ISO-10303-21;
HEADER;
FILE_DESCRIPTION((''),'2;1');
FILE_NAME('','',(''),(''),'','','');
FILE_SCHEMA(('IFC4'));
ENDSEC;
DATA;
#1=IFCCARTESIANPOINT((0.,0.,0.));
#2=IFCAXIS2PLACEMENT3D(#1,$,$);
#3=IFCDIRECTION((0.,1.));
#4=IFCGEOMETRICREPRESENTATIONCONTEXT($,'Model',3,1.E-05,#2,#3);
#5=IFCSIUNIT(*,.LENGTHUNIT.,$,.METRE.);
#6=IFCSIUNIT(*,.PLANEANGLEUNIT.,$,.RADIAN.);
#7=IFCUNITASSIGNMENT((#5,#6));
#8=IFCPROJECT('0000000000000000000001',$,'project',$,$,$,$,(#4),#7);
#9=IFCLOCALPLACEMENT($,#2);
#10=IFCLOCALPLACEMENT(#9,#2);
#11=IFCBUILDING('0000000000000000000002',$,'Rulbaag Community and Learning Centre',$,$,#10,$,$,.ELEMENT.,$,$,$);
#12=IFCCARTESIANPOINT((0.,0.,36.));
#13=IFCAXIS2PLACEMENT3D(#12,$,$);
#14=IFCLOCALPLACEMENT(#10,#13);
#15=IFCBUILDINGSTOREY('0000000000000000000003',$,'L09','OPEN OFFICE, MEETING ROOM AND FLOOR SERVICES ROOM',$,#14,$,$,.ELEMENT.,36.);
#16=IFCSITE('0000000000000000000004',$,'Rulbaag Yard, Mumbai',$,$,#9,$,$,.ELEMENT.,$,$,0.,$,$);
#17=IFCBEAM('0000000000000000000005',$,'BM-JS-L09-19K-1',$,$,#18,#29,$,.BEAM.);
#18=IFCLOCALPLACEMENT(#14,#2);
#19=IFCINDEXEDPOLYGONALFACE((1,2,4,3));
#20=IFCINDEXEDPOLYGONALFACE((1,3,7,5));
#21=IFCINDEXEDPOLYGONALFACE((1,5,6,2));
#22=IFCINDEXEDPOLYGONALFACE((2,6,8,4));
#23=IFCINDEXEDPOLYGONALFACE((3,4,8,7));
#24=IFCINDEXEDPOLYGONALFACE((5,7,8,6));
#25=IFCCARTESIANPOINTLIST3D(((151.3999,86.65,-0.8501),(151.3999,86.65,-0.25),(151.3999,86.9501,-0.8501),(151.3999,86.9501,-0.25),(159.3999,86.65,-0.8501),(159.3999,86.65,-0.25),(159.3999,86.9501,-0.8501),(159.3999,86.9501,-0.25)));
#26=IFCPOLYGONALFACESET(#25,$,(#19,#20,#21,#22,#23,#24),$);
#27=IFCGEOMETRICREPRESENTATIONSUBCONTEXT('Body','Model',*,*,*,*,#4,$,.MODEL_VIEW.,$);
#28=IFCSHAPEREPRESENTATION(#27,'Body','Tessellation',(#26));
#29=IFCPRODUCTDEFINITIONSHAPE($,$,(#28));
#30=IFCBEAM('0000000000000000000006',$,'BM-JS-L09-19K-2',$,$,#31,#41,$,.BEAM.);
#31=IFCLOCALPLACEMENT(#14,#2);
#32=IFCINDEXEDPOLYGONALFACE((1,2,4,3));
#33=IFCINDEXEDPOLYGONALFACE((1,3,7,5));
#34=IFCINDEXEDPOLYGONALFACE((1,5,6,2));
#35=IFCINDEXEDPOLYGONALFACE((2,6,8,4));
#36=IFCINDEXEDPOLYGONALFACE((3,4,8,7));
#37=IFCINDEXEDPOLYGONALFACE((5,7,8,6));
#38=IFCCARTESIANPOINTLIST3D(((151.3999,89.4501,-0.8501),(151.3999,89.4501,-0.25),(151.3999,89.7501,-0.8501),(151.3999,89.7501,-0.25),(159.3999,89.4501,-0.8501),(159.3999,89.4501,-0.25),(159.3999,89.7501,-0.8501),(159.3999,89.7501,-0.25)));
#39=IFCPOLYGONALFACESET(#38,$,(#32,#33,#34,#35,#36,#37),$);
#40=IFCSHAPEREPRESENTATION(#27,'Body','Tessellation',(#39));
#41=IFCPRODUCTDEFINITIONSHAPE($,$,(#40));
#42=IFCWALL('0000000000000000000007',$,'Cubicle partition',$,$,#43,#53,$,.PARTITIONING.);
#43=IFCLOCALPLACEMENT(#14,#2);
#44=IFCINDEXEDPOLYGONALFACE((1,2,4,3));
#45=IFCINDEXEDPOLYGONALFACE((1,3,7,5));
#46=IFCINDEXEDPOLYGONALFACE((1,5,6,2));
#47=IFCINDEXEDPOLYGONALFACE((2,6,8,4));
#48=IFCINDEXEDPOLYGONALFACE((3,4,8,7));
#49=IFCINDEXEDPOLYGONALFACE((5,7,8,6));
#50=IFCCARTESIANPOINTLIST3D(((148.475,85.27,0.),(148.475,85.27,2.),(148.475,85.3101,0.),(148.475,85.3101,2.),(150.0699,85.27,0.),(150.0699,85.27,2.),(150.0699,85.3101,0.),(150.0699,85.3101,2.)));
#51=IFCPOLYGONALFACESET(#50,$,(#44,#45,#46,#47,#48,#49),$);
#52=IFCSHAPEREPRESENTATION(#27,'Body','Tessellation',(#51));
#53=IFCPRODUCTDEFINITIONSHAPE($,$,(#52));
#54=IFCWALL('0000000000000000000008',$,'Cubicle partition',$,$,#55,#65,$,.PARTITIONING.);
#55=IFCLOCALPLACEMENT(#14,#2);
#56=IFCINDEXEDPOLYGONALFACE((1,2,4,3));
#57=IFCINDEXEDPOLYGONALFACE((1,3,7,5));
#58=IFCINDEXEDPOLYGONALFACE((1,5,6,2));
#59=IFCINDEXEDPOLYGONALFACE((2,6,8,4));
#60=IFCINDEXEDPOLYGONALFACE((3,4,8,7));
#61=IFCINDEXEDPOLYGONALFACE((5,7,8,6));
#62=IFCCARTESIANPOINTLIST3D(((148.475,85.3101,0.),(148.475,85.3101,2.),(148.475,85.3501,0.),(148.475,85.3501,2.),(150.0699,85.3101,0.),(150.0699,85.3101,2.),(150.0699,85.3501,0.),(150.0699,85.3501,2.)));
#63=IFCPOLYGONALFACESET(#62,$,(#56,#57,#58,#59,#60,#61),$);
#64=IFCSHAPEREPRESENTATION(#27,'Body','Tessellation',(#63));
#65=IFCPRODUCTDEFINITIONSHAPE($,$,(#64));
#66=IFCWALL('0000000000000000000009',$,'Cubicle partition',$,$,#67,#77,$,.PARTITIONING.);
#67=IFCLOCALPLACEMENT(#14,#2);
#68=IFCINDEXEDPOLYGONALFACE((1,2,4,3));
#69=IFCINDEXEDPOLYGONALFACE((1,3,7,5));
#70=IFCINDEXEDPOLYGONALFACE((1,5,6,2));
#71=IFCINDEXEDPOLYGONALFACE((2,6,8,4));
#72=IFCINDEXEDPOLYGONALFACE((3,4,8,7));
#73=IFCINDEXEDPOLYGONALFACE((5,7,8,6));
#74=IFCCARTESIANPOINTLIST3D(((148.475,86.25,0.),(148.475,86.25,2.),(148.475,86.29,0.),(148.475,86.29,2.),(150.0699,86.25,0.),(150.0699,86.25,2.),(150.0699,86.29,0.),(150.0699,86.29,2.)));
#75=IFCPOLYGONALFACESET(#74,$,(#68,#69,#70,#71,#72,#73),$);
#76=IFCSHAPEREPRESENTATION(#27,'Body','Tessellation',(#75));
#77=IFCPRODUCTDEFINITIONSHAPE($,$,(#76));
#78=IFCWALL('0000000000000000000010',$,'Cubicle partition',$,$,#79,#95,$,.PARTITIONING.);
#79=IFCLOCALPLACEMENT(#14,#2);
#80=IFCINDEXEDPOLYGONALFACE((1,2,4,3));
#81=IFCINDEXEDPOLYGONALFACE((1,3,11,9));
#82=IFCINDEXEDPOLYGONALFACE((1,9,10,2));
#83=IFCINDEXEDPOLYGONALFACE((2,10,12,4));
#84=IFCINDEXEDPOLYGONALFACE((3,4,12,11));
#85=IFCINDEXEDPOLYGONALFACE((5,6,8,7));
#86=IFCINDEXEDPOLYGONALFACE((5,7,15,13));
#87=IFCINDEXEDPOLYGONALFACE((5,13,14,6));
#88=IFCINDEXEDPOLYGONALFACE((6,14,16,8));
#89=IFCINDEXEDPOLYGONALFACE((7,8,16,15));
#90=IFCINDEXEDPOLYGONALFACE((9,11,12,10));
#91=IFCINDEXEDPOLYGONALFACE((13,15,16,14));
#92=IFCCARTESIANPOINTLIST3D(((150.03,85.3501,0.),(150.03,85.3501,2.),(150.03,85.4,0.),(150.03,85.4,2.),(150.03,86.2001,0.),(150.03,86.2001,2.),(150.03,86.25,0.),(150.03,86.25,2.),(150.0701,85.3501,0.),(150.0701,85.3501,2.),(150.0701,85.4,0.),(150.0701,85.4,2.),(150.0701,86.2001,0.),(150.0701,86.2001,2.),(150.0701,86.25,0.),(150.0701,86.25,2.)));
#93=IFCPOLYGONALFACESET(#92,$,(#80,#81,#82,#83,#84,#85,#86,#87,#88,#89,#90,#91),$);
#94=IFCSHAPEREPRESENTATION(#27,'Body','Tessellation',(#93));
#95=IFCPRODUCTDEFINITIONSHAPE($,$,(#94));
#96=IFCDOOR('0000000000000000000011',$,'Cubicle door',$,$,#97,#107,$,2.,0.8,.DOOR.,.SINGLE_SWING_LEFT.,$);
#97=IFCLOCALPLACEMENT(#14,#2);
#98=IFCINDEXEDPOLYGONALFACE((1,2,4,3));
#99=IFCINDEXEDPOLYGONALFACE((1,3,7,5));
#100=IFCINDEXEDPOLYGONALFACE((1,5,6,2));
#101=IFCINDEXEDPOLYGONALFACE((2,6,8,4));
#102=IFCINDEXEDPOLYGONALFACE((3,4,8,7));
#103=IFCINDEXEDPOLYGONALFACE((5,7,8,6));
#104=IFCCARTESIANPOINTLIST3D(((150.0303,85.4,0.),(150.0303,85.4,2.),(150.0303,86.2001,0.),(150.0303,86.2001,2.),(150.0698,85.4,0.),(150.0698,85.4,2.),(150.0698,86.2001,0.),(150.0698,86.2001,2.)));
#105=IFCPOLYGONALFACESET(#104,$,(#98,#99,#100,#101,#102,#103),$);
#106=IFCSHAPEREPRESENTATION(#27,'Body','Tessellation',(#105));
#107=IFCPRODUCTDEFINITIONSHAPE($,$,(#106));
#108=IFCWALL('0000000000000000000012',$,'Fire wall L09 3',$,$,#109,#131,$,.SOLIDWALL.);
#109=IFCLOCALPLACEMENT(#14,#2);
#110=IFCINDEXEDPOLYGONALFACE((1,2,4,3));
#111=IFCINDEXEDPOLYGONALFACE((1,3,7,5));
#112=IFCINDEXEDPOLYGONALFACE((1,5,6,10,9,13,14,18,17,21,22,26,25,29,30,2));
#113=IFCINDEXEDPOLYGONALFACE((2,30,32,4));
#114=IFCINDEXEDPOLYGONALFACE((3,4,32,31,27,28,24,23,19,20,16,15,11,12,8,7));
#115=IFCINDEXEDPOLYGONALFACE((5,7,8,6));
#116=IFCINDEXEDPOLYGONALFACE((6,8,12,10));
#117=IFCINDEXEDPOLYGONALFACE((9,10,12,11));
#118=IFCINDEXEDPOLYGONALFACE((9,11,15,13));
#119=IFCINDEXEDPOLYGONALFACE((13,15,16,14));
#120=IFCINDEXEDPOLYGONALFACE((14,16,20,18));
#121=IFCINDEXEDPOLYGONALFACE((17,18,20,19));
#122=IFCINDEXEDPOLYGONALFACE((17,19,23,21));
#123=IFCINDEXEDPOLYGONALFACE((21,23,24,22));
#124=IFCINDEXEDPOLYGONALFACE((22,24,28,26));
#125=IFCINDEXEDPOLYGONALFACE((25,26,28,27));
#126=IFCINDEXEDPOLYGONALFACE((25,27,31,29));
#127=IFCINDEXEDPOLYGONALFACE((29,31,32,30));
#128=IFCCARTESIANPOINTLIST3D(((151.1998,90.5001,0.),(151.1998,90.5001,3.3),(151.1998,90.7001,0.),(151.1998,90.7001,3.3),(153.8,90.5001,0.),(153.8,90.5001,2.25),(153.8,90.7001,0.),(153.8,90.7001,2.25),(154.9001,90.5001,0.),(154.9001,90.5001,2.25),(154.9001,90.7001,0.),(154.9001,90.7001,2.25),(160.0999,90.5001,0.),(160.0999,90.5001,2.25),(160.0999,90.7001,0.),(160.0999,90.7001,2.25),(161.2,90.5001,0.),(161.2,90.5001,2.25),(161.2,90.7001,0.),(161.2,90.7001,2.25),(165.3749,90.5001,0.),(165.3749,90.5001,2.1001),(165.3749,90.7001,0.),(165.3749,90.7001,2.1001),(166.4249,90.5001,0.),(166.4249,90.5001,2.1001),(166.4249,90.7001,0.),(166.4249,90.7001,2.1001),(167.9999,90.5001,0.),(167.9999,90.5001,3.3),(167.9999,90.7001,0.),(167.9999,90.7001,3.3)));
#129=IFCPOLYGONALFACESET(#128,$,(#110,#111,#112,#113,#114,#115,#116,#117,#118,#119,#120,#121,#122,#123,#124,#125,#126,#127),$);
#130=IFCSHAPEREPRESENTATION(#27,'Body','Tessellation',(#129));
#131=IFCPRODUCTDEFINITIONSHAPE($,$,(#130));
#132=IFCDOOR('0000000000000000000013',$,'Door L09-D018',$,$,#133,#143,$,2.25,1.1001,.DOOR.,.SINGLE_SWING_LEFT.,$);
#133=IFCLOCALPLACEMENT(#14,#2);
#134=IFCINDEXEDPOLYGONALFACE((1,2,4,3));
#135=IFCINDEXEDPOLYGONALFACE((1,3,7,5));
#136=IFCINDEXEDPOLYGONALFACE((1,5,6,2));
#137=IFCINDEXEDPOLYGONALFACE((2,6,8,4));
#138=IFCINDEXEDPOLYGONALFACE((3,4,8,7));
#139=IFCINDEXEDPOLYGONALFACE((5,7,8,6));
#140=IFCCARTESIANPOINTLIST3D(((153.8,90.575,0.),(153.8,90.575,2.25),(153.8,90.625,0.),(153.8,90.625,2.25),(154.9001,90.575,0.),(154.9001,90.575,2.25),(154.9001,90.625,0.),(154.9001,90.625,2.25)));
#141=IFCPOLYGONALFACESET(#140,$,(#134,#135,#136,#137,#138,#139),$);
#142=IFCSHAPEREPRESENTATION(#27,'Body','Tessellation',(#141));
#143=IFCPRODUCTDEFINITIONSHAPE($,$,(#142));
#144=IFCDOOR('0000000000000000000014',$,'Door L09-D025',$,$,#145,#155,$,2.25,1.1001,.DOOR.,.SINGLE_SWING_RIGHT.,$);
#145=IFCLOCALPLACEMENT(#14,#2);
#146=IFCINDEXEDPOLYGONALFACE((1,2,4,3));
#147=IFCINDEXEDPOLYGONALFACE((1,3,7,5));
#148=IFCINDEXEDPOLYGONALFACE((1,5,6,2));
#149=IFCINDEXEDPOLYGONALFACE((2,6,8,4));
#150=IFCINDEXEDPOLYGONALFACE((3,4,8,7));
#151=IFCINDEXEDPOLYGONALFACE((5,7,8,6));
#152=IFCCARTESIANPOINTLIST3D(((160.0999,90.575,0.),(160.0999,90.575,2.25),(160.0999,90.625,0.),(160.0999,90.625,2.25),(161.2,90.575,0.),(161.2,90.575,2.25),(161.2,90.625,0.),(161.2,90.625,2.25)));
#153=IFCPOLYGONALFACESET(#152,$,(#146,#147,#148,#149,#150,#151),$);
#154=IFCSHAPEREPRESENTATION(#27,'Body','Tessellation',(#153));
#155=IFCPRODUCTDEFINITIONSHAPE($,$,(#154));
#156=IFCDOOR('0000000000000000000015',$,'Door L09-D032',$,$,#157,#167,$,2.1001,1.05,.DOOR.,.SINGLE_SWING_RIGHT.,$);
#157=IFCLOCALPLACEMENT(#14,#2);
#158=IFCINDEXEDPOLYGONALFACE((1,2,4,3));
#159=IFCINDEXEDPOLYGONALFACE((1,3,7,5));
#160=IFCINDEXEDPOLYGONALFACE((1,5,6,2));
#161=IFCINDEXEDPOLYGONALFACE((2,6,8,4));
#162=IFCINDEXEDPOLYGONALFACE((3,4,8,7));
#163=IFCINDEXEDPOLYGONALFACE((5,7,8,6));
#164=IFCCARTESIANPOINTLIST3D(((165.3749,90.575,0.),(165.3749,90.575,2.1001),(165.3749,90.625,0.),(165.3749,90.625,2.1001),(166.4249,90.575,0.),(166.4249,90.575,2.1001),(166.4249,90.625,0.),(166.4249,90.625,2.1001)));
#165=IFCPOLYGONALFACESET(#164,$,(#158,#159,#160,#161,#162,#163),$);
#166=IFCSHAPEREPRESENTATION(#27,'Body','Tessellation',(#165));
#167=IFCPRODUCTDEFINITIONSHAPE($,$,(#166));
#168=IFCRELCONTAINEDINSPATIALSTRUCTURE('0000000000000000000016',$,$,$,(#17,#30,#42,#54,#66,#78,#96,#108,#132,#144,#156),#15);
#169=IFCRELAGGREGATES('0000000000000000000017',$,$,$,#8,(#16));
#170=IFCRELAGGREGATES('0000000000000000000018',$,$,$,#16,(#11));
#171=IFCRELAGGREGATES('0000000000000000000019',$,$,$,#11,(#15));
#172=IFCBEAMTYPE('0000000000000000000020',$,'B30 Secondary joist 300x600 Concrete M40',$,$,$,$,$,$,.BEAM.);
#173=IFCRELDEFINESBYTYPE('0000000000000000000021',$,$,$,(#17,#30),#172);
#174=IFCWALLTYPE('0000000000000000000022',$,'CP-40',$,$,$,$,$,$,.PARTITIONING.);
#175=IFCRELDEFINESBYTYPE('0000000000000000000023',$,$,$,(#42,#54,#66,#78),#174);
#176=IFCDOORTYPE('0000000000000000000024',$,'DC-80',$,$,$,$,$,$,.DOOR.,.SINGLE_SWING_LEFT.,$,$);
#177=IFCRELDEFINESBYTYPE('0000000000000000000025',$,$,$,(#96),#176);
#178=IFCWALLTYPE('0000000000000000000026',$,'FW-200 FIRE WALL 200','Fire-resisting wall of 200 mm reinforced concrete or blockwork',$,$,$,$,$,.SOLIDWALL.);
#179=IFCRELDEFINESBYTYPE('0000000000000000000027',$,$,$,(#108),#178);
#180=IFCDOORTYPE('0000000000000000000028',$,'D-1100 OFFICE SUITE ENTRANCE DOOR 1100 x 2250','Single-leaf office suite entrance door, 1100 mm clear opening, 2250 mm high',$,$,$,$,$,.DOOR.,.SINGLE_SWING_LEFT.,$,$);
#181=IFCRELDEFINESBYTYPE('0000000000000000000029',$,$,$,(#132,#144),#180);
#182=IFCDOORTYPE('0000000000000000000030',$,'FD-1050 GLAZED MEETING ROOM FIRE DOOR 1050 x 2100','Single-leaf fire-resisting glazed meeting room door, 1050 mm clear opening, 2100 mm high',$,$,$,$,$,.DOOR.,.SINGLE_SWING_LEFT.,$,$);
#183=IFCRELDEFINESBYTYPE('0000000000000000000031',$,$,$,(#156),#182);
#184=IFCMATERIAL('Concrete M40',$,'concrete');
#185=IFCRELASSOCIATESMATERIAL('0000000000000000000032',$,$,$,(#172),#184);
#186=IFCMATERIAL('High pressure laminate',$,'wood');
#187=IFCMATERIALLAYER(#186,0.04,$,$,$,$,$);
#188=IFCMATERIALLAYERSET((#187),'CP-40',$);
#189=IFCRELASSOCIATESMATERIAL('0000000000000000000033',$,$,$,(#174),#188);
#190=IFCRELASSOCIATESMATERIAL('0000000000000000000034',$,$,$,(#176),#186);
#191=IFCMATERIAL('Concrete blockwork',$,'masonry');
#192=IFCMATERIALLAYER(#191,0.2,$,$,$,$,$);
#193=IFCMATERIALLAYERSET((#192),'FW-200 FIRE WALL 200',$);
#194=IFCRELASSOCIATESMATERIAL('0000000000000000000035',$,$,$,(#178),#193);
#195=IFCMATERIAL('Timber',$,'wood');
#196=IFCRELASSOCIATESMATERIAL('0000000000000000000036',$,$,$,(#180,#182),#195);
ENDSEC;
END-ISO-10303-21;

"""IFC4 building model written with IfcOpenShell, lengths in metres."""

from ifc_helpers import new_model, si_unit, direction, frame, frame_2d, origin, origin_2d, place, context, subcontext, project, spatial, rectangle, extrude, material, layer, layer_set, material_profile, profile_set, type_object, element, fill, save


model = new_model("IFC4")

# Units and contexts
model_context = context("Model", 3, precision=1e-05, world=origin(), true_north=direction((0.0, 1.0)))
body_context = subcontext(model_context, "Body", "Model", "MODEL_VIEW")
ifc_project = project(units=[si_unit("LENGTHUNIT", "METRE"), si_unit("PLANEANGLEUNIT", "RADIAN")], contexts=[model_context])

# Site, building, storey
site_placement = place(None, origin())
site = spatial("IfcSite", under=ifc_project, at=site_placement, Name="Rulbaag Yard, Mumbai", CompositionType="ELEMENT", RefElevation=0.0)
building_placement = place(site_placement, origin())
building = spatial("IfcBuilding", under=site, at=building_placement, Name="Rulbaag Community and Learning Centre", CompositionType="ELEMENT")
storey_placement = place(building_placement, frame((0.0, 0.0, 36.0)))
storey = spatial("IfcBuildingStorey", under=building, at=storey_placement, Name="L09", Description="OPEN OFFICE, MEETING ROOM AND FLOOR SERVICES ROOM", CompositionType="ELEMENT", Elevation=36.0)

# Beams
ifc_material_1 = material(Name="Concrete M40", Category="concrete")
ifc_material_profile = material_profile(ifc_material_1, rectangle(XDim=0.3, YDim=0.6001, at=origin_2d()), Name="RB300x600")
ifc_profile_set = profile_set([ifc_material_profile], Name="Concrete M40")
beam_type = type_object("IfcBeamType", Name="B30 Secondary joist 300x600 Concrete M40", PredefinedType="BEAM", material=ifc_profile_set)
for number, where, z_axis, x_axis, name in (
    (1, (151.3999, 86.8, -0.55), (1.0, 0.0, 0.0), (0.0, 1.0, 0.0), "BM-JS-L09-19K-1"),
    (2, (151.3999, 89.6001, -0.55), (1.0, 0.0, 0.0), (0.0, 1.0, 0.0), "BM-JS-L09-19K-2"),
):
    element("IfcBeam", number, at=place(storey_placement, frame(where, z_axis=z_axis, x_axis=x_axis)), inside=storey, type_object=beam_type, Name=name, PredefinedType="BEAM", context=body_context, shape_type="SweptSolid", body=[
        extrude(rectangle(XDim=0.3, YDim=0.6001, at=origin_2d()), origin(), (0.0, 0.0, 1.0), 8.0),
    ])

# Walls
ifc_material_2 = material(Name="High pressure laminate", Category="wood")
ifc_layer_1 = layer(ifc_material_2, 0.04)
ifc_layer_set_1 = layer_set([ifc_layer_1], Name="CP-40")
wall_type_1 = type_object("IfcWallType", Name="CP-40", PredefinedType="PARTITIONING", material=ifc_layer_set_1)
for number, where, z_axis, x_axis, name in (
    (3, (148.4751, 85.29, 0.0), (0.0, 0.0, 1.0), (1.0, 0.0, 0.0), "Cubicle partition"),
    (4, (148.4751, 85.3301, 0.0), (0.0, 0.0, 1.0), (1.0, 0.0, 0.0), "Cubicle partition"),
    (5, (148.4751, 86.27, 0.0), (0.0, 0.0, 1.0), (1.0, 0.0, 0.0), "Cubicle partition"),
):
    element("IfcWall", number, at=place(storey_placement, frame(where, z_axis=z_axis, x_axis=x_axis)), inside=storey, type_object=wall_type_1, Name=name, PredefinedType="PARTITIONING", context=body_context, shape_type="SweptSolid", body=[
        extrude(rectangle(XDim=1.595, YDim=0.04, at=frame_2d((0.7974, 0.0))), origin(), (0.0, 0.0, 1.0), 2.0),
    ])

# Wall, opening, door
wall_1_placement = place(storey_placement, frame((150.05, 85.3501, 0.0), z_axis=(0.0, 0.0, 1.0), x_axis=(0.0, 1.0, 0.0)))
wall_1 = element("IfcWall", 6, at=wall_1_placement, inside=storey, type_object=wall_type_1, Name="Cubicle partition", PredefinedType="PARTITIONING", context=body_context, shape_type="SweptSolid", body=[
    extrude(rectangle(XDim=0.8999, YDim=0.04, at=frame_2d((0.45, 0.0))), origin(), (0.0, 0.0, 1.0), 2.0),
])
opening_1_placement = place(wall_1_placement, frame((0.05, 0.0, 0.0)))
opening_1 = element("IfcOpeningElement", 7, at=opening_1_placement, cuts=wall_1, PredefinedType="OPENING", context=body_context, shape_type="SweptSolid", body=[
    extrude(rectangle(XDim=0.8, YDim=2.0, at=frame_2d((0.3999, 1.0))), frame((0.0, 0.03, 0.0), z_axis=(0.0, -1.0, 0.0), x_axis=(1.0, 0.0, 0.0)), (0.0, 0.0, 1.0), 0.0601),
])
door_type_1 = type_object("IfcDoorType", Name="DC-80", OperationType="SINGLE_SWING_LEFT", PredefinedType="DOOR", material=ifc_material_2)
door_1_placement = place(opening_1_placement, origin())
door_1 = element("IfcDoor", 8, at=door_1_placement, inside=storey, type_object=door_type_1, Name="Cubicle door", OperationType="SINGLE_SWING_LEFT", OverallHeight=2.0, OverallWidth=0.8, PredefinedType="DOOR", context=body_context, shape_type="SweptSolid", body=[
    extrude(rectangle(XDim=0.8, YDim=2.0, at=frame_2d((0.3999, 1.0))), frame((0.0, 0.0198, 0.0), z_axis=(0.0, -1.0, 0.0), x_axis=(1.0, 0.0, 0.0)), (0.0, 0.0, 1.0), 0.0396),
])
fill(opening_1, door_1)

# Wall, openings, doors
ifc_material_3 = material(Name="Concrete blockwork", Category="masonry")
ifc_layer_2 = layer(ifc_material_3, 0.2)
ifc_layer_set_2 = layer_set([ifc_layer_2], Name="FW-200 FIRE WALL 200")
wall_type_2 = type_object("IfcWallType", Name="FW-200 FIRE WALL 200", Description="Fire-resisting wall of 200 mm reinforced concrete or blockwork", PredefinedType="SOLIDWALL", material=ifc_layer_set_2)
wall_2_placement = place(storey_placement, frame((151.2, 90.6001, 0.0), z_axis=(0.0, 0.0, 1.0), x_axis=(1.0, 0.0, 0.0)))
wall_2 = element("IfcWall", 9, at=wall_2_placement, inside=storey, type_object=wall_type_2, Name="Fire wall L09 3", PredefinedType="SOLIDWALL", context=body_context, shape_type="SweptSolid", body=[
    extrude(rectangle(XDim=16.8, YDim=0.2, at=frame_2d((8.3999, 0.0))), origin(), (0.0, 0.0, 1.0), 3.3),
])
opening_2_placement = place(wall_2_placement, frame((2.6001, 0.0, 0.0)))
opening_2 = element("IfcOpeningElement", 10, at=opening_2_placement, cuts=wall_2, PredefinedType="OPENING", context=body_context, shape_type="SweptSolid", body=[
    extrude(rectangle(XDim=1.1001, YDim=2.25, at=frame_2d((0.55, 1.125))), frame((0.0, 0.1099, 0.0), z_axis=(0.0, -1.0, 0.0), x_axis=(1.0, 0.0, 0.0)), (0.0, 0.0, 1.0), 0.22),
])
opening_3_placement = place(wall_2_placement, frame((8.8999, 0.0, 0.0)))
opening_3 = element("IfcOpeningElement", 11, at=opening_3_placement, cuts=wall_2, PredefinedType="OPENING", context=body_context, shape_type="SweptSolid", body=[
    extrude(rectangle(XDim=1.1001, YDim=2.25, at=frame_2d((0.55, 1.125))), frame((0.0, 0.1099, 0.0), z_axis=(0.0, -1.0, 0.0), x_axis=(1.0, 0.0, 0.0)), (0.0, 0.0, 1.0), 0.22),
])
opening_4_placement = place(wall_2_placement, frame((14.175, 0.0, 0.0)))
opening_4 = element("IfcOpeningElement", 12, at=opening_4_placement, cuts=wall_2, PredefinedType="OPENING", context=body_context, shape_type="SweptSolid", body=[
    extrude(rectangle(XDim=1.05, YDim=2.1001, at=frame_2d((0.5249, 1.05))), frame((0.0, 0.1099, 0.0), z_axis=(0.0, -1.0, 0.0), x_axis=(1.0, 0.0, 0.0)), (0.0, 0.0, 1.0), 0.22),
])
ifc_material_4 = material(Name="Timber", Category="wood")
door_type_2 = type_object("IfcDoorType", Name="D-1100 OFFICE SUITE ENTRANCE DOOR 1100 x 2250", Description="Single-leaf office suite entrance door, 1100 mm clear opening, 2250 mm high", OperationType="SINGLE_SWING_LEFT", PredefinedType="DOOR", material=ifc_material_4)
door_2_placement = place(opening_2_placement, origin())
door_2 = element("IfcDoor", 13, at=door_2_placement, inside=storey, type_object=door_type_2, Name="Door L09-D018", OperationType="SINGLE_SWING_LEFT", OverallHeight=2.25, OverallWidth=1.1001, PredefinedType="DOOR", context=body_context, shape_type="SweptSolid", body=[
    extrude(rectangle(XDim=1.1001, YDim=2.25, at=frame_2d((0.55, 1.125))), frame((0.0, 0.0249, 0.0), z_axis=(0.0, -1.0, 0.0), x_axis=(1.0, 0.0, 0.0)), (0.0, 0.0, 1.0), 0.05),
])
fill(opening_2, door_2)
door_3_placement = place(opening_3_placement, origin())
door_3 = element("IfcDoor", 14, at=door_3_placement, inside=storey, type_object=door_type_2, Name="Door L09-D025", OperationType="SINGLE_SWING_RIGHT", OverallHeight=2.25, OverallWidth=1.1001, PredefinedType="DOOR", context=body_context, shape_type="SweptSolid", body=[
    extrude(rectangle(XDim=1.1001, YDim=2.25, at=frame_2d((0.55, 1.125))), frame((0.0, 0.0249, 0.0), z_axis=(0.0, -1.0, 0.0), x_axis=(1.0, 0.0, 0.0)), (0.0, 0.0, 1.0), 0.05),
])
fill(opening_3, door_3)
door_type_3 = type_object("IfcDoorType", Name="FD-1050 GLAZED MEETING ROOM FIRE DOOR 1050 x 2100", Description="Single-leaf fire-resisting glazed meeting room door, 1050 mm clear opening, 2100 mm high", OperationType="SINGLE_SWING_LEFT", PredefinedType="DOOR", material=ifc_material_4)
door_4_placement = place(opening_4_placement, origin())
door_4 = element("IfcDoor", 15, at=door_4_placement, inside=storey, type_object=door_type_3, Name="Door L09-D032", OperationType="SINGLE_SWING_RIGHT", OverallHeight=2.1001, OverallWidth=1.05, PredefinedType="DOOR", context=body_context, shape_type="SweptSolid", body=[
    extrude(rectangle(XDim=1.05, YDim=2.1001, at=frame_2d((0.5249, 1.05))), frame((0.0, 0.0249, 0.0), z_axis=(0.0, -1.0, 0.0), x_axis=(1.0, 0.0, 0.0)), (0.0, 0.0, 1.0), 0.05),
])
fill(opening_4, door_4)

save(model, "model.ifc")
